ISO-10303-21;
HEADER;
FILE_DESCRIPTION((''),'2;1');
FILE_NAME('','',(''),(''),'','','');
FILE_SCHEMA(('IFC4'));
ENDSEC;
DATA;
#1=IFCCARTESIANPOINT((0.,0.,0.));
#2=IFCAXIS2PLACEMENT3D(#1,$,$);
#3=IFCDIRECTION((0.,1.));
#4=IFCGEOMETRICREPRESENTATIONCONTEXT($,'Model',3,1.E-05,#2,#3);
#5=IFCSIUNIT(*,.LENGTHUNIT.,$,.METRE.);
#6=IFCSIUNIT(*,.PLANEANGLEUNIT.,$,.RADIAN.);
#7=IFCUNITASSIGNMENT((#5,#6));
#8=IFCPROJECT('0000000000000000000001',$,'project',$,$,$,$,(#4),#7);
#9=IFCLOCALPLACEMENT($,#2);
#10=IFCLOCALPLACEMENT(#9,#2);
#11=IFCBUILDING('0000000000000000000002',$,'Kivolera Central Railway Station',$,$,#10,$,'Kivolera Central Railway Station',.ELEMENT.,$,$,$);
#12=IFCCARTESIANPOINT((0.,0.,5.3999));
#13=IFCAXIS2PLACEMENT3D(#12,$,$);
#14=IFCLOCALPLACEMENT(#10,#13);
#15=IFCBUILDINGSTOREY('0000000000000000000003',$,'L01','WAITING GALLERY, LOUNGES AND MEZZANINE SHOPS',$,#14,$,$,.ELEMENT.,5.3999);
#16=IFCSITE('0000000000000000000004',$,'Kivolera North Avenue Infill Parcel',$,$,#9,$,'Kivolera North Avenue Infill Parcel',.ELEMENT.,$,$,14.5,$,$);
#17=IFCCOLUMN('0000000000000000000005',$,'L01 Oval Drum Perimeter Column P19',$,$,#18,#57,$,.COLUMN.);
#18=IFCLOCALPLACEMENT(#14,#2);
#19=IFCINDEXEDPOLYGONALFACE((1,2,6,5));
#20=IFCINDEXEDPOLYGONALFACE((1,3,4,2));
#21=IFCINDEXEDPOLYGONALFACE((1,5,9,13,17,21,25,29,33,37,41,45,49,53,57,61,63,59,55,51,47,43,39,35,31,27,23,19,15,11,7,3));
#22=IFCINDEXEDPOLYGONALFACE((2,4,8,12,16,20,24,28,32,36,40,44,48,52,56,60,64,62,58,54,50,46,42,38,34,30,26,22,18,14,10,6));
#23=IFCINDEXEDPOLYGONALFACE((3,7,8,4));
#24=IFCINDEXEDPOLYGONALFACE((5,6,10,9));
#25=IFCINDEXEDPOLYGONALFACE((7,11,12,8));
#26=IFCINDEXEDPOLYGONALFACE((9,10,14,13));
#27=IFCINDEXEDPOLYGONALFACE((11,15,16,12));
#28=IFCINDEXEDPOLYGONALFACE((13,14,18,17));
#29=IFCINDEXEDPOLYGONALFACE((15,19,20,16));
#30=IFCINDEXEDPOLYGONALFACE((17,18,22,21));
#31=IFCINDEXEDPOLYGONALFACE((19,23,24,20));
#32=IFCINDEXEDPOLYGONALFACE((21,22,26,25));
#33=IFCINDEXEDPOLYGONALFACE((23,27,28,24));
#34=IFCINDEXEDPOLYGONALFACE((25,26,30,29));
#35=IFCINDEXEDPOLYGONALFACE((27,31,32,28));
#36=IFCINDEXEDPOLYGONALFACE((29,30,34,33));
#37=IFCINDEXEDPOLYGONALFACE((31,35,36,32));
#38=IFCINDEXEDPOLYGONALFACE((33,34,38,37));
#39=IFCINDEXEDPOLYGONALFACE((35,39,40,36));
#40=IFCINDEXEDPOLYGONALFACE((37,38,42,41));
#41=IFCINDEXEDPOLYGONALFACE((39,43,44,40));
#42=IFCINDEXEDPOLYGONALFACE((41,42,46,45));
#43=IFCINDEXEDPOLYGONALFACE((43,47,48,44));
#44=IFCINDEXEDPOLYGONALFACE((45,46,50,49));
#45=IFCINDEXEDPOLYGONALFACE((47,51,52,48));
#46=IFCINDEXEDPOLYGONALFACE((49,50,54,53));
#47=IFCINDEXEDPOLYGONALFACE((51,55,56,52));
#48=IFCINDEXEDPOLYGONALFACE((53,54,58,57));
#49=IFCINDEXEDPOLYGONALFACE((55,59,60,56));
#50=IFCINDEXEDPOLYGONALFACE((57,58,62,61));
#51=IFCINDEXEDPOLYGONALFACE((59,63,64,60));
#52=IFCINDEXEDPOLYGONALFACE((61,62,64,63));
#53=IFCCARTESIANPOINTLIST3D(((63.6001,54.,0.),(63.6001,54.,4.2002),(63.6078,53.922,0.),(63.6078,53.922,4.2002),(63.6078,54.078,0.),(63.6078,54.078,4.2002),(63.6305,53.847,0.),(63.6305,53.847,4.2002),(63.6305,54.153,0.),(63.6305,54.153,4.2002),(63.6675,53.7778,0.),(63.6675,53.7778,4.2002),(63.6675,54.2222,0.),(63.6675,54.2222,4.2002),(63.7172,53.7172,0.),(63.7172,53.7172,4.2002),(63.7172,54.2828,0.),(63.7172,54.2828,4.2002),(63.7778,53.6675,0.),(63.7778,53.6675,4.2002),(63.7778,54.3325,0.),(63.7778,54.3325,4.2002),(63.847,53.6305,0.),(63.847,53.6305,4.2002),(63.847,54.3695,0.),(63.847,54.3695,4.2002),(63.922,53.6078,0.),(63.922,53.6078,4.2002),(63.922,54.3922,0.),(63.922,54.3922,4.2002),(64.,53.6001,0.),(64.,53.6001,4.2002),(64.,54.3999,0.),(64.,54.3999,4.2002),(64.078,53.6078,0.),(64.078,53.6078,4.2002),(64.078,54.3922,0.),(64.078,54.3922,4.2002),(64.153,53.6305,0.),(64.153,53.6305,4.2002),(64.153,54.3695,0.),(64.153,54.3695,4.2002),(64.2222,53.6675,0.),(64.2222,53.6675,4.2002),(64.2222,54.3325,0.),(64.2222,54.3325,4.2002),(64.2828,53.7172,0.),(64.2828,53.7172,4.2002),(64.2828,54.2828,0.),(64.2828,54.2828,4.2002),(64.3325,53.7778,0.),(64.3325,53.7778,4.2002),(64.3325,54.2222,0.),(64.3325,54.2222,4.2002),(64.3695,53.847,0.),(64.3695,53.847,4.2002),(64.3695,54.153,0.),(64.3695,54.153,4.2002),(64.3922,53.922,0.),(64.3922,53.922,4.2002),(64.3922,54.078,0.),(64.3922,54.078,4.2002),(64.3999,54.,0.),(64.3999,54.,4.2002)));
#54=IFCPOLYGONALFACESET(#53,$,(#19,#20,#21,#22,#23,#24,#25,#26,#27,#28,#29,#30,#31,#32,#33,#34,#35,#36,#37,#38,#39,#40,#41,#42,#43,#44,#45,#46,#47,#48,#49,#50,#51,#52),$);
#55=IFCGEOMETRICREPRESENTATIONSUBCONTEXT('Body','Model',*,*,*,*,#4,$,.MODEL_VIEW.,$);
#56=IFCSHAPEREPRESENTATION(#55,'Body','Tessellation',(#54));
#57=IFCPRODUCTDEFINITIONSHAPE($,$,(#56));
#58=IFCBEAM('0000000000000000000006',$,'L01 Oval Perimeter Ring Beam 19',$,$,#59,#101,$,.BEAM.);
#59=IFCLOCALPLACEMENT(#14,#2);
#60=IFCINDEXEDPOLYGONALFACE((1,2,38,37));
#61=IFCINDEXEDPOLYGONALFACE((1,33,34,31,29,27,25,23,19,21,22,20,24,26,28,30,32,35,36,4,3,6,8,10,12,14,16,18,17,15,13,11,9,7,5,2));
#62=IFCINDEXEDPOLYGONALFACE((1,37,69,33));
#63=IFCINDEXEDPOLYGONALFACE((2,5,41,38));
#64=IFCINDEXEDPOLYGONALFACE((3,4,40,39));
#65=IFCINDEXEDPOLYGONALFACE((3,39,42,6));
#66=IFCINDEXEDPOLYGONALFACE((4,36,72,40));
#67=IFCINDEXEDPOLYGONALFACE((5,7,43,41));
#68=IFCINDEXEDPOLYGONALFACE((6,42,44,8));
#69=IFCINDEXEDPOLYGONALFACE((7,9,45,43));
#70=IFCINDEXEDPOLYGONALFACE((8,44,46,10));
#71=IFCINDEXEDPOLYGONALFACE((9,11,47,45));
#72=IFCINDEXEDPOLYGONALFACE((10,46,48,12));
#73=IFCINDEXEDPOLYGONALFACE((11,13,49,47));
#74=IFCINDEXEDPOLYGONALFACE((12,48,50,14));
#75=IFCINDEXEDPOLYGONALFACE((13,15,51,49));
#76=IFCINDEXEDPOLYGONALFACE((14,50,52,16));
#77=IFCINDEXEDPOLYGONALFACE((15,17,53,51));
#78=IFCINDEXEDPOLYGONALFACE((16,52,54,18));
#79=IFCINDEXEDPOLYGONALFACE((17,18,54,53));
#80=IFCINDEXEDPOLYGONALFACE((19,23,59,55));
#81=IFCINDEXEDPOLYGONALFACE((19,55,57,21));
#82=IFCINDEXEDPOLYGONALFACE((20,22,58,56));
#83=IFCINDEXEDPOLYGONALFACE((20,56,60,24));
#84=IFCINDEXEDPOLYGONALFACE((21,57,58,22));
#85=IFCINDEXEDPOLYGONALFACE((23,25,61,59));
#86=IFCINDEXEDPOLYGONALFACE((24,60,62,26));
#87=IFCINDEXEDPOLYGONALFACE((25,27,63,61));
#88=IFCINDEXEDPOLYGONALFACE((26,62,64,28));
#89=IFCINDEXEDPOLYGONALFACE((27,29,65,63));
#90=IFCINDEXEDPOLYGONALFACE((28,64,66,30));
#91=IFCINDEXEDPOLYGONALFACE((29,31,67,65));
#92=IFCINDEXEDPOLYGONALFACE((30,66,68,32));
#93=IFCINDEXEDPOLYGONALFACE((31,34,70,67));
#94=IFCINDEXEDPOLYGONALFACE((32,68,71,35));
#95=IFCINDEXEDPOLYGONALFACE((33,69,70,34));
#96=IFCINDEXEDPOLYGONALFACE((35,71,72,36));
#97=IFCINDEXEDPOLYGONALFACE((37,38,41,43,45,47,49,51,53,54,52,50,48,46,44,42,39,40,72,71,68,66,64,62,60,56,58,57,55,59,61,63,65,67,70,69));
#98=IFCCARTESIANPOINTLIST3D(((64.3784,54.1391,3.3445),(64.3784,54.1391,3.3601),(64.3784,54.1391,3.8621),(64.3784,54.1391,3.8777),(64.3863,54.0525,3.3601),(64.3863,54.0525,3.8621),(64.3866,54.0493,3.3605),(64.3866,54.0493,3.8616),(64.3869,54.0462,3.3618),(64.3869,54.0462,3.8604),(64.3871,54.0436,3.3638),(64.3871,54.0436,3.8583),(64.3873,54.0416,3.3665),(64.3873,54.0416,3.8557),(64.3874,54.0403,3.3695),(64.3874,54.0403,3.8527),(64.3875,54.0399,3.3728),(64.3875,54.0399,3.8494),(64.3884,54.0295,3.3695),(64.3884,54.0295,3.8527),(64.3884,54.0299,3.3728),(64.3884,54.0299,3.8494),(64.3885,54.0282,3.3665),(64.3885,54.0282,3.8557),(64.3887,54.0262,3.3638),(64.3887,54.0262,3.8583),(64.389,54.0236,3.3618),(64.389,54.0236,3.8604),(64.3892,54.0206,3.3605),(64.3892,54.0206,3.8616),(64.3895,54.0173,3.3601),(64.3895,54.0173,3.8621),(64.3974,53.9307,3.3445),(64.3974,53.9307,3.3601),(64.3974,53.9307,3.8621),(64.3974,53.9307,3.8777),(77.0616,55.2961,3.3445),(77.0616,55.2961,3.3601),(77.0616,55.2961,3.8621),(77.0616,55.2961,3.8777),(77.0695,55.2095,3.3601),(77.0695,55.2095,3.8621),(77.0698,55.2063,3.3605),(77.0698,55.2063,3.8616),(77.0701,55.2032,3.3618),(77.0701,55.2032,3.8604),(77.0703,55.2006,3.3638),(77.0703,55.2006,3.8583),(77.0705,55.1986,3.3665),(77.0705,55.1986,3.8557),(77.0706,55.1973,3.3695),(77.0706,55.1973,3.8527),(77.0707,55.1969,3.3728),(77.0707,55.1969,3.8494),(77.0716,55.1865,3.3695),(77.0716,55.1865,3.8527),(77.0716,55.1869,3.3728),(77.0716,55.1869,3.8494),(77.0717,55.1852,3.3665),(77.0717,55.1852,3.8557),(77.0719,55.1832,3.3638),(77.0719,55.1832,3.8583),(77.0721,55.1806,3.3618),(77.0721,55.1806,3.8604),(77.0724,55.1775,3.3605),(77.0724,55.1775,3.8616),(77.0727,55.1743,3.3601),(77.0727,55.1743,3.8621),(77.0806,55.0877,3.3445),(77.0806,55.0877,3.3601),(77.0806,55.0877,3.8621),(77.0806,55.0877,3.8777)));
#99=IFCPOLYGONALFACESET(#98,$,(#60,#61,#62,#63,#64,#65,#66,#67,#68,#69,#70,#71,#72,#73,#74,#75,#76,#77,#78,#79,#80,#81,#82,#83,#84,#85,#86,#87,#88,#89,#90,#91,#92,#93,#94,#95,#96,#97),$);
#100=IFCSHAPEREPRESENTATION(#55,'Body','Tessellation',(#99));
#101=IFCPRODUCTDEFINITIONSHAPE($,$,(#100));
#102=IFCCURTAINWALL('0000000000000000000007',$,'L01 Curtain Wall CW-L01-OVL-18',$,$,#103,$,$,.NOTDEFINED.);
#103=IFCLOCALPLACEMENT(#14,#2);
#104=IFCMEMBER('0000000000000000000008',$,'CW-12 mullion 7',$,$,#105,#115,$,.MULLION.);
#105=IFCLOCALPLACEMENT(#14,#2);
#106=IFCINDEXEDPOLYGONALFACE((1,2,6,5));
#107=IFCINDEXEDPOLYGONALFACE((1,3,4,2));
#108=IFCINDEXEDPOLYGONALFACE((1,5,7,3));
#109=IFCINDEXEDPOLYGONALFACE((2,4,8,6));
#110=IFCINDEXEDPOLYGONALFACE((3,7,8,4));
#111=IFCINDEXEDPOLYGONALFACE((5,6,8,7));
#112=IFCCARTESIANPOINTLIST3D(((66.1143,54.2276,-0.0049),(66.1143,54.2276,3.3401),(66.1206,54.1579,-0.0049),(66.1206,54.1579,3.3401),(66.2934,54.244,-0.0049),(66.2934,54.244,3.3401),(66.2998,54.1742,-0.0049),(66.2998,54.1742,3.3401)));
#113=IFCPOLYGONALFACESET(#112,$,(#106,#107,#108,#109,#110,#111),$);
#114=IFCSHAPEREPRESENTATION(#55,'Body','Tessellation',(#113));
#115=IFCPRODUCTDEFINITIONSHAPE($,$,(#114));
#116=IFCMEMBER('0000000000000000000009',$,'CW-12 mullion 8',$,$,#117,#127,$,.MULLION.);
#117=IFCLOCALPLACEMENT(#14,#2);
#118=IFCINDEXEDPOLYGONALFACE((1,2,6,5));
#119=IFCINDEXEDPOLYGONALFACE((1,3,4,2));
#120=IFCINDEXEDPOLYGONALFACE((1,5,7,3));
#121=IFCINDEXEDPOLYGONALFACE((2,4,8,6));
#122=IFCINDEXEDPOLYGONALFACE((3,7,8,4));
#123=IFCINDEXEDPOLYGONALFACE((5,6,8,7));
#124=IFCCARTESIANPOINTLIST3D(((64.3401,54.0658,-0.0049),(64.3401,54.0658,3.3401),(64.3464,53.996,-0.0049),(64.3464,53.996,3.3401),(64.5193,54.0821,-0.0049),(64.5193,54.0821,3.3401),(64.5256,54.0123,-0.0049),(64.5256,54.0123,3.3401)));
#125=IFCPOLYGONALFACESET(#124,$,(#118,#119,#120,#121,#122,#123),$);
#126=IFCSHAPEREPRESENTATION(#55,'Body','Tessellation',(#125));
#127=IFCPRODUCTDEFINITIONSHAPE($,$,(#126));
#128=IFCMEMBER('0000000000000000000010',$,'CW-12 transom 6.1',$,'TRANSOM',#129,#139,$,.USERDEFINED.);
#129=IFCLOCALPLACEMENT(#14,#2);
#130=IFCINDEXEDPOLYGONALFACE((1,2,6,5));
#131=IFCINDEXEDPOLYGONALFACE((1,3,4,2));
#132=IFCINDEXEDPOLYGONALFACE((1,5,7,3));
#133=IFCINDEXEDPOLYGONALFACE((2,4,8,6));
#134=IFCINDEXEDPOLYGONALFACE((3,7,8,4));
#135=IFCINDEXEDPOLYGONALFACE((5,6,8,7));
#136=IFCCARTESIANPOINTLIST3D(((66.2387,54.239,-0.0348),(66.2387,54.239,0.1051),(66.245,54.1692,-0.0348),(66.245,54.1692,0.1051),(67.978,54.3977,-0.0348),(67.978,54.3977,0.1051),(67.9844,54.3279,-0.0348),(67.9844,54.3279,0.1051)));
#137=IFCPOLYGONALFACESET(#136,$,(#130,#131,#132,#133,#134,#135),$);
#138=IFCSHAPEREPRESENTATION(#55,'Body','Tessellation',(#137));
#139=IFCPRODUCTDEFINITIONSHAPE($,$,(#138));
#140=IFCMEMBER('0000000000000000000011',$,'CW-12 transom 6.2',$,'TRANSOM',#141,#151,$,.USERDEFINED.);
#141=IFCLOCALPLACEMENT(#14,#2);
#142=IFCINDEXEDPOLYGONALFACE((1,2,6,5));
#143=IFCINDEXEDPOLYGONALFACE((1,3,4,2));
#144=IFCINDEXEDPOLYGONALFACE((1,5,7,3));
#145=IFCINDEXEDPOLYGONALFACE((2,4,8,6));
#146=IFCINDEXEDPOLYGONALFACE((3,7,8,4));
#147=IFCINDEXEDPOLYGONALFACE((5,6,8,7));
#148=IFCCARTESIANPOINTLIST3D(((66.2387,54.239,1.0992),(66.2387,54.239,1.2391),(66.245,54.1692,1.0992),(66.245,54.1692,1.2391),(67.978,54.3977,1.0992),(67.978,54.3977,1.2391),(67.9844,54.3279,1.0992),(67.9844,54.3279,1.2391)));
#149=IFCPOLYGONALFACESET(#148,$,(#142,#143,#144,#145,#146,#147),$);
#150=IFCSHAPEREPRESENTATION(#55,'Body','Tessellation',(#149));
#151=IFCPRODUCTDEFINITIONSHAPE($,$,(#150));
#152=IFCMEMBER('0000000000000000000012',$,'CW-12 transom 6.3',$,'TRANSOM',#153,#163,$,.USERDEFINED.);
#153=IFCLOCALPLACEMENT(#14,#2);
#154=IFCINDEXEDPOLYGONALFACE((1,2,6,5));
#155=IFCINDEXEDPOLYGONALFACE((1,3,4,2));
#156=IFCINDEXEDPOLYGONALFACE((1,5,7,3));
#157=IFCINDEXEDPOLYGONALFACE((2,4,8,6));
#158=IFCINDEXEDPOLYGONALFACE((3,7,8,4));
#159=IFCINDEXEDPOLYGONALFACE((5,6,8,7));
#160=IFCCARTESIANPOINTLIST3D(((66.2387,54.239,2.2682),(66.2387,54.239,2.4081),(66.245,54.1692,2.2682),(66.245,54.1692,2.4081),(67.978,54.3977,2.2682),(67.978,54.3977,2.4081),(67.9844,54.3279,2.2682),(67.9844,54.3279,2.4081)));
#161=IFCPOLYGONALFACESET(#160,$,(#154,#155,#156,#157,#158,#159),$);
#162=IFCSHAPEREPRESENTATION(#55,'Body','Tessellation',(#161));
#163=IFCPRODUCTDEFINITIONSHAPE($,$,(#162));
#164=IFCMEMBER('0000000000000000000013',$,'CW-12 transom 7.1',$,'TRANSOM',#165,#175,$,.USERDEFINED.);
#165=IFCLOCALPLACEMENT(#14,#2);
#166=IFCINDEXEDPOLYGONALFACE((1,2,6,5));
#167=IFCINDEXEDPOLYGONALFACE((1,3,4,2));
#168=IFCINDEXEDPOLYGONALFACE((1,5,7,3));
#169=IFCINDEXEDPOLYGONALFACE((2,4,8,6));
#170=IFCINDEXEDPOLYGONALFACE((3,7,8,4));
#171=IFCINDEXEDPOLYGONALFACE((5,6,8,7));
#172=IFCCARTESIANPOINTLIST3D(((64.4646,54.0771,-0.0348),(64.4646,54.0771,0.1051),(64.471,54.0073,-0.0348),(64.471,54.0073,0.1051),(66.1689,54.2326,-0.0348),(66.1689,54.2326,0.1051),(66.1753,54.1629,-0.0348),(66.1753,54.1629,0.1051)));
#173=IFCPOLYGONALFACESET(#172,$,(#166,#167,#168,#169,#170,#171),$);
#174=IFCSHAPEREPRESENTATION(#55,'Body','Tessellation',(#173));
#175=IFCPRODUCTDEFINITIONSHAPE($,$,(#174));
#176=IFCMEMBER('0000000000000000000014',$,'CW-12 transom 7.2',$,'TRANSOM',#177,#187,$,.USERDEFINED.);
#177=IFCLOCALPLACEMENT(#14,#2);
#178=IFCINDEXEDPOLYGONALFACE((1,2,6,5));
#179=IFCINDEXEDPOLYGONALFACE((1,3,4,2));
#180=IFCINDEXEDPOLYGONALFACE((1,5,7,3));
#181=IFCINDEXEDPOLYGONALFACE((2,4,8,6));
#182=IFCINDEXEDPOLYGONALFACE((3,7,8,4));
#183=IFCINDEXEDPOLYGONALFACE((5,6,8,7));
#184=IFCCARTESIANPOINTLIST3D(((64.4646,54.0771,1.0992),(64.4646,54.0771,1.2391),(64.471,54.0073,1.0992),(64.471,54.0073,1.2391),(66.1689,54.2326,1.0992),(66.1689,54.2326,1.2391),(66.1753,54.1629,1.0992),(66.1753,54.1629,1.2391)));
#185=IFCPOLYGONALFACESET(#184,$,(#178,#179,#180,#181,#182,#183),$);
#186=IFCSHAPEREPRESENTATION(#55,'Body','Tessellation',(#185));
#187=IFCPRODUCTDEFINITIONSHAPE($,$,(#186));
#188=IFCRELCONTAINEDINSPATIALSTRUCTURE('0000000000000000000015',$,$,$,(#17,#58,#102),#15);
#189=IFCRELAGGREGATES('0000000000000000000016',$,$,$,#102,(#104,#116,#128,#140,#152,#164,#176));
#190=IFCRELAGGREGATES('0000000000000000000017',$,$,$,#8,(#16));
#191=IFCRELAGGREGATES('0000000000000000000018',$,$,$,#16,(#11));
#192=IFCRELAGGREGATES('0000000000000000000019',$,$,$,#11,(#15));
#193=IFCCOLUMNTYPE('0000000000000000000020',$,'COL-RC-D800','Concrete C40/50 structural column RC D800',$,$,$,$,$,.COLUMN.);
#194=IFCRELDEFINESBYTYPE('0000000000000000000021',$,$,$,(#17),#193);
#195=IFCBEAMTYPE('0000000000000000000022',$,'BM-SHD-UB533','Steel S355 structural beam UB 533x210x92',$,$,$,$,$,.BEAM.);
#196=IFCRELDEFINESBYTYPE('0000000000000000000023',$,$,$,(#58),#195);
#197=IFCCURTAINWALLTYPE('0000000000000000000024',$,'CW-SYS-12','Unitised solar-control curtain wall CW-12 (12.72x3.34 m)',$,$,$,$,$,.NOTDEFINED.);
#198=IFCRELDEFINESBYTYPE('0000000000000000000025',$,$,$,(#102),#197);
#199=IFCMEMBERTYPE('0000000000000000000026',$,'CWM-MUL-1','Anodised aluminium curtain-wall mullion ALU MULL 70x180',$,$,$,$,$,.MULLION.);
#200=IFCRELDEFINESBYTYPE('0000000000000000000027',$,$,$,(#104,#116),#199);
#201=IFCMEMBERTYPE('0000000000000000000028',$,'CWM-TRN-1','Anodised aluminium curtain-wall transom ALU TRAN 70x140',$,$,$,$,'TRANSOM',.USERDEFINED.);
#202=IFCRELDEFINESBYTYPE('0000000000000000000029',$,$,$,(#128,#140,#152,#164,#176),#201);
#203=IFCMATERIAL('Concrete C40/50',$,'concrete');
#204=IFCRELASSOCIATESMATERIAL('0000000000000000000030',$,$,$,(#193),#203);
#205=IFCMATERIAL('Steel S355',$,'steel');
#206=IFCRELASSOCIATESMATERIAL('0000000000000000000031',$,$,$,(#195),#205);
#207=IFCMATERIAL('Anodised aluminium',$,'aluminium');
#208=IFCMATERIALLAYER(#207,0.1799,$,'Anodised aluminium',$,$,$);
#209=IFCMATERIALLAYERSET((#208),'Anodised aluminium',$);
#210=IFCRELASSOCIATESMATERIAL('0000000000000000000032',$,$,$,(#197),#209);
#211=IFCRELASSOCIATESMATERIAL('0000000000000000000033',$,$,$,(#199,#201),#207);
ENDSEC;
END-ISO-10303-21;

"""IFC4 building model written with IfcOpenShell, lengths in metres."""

from ifc_helpers import new_model, si_unit, direction, frame, origin, origin_2d, place, context, subcontext, project, spatial, rectangle, circle, i_section, extrude, material, layer, layer_set, material_profile, profile_set, type_object, element, aggregate, save


model = new_model("IFC4")

# Units and contexts
model_context = context("Model", 3, precision=1e-05, world=origin(), true_north=direction((0.0, 1.0)))
body_context = subcontext(model_context, "Body", "Model", "MODEL_VIEW")
ifc_project = project(units=[si_unit("LENGTHUNIT", "METRE"), si_unit("PLANEANGLEUNIT", "RADIAN")], contexts=[model_context])

# Site, building, storey
site_placement = place(None, origin())
site = spatial("IfcSite", under=ifc_project, at=site_placement, Name="Kivolera North Avenue Infill Parcel", LongName="Kivolera North Avenue Infill Parcel", CompositionType="ELEMENT", RefElevation=14.5)
building_placement = place(site_placement, origin())
building = spatial("IfcBuilding", under=site, at=building_placement, Name="Kivolera Central Railway Station", LongName="Kivolera Central Railway Station", CompositionType="ELEMENT")
storey_placement = place(building_placement, frame((0.0, 0.0, 5.3999)))
storey = spatial("IfcBuildingStorey", under=building, at=storey_placement, Name="L01", Description="WAITING GALLERY, LOUNGES AND MEZZANINE SHOPS", CompositionType="ELEMENT", Elevation=5.3999)

# Column
ifc_material_1 = material(Name="Concrete C40/50", Category="concrete")
ifc_material_profile_1 = material_profile(ifc_material_1, circle(Radius=0.3999, at=origin_2d()), Name="RC D800")
ifc_profile_set_1 = profile_set([ifc_material_profile_1], Name="Concrete C40/50")
column_type = type_object("IfcColumnType", Name="COL-RC-D800", Description="Concrete C40/50 structural column RC D800", PredefinedType="COLUMN", material=ifc_profile_set_1)
column_placement = place(storey_placement, frame((64.0, 54.0, 0.0), z_axis=(0.0, 0.0, 1.0), x_axis=(1.0, 0.0, 0.0)))
element("IfcColumn", 1, at=column_placement, inside=storey, type_object=column_type, Name="L01 Oval Drum Perimeter Column P19", PredefinedType="COLUMN", context=body_context, shape_type="SweptSolid", body=[
    extrude(circle(Radius=0.3999, at=origin_2d()), origin(), (0.0, 0.0, 1.0), 4.2002),
])

# Beam
ifc_material_2 = material(Name="Steel S355", Category="steel")
ifc_material_profile_2 = material_profile(ifc_material_2, i_section(OverallWidth=0.2092, OverallDepth=0.5332, WebThickness=0.01, FlangeThickness=0.0156, FilletRadius=0.0127, at=origin_2d()), Name="UB 533x210x92")
ifc_profile_set_2 = profile_set([ifc_material_profile_2], Name="Steel S355")
beam_type = type_object("IfcBeamType", Name="BM-SHD-UB533", Description="Steel S355 structural beam UB 533x210x92", PredefinedType="BEAM", material=ifc_profile_set_2)
beam_placement = place(storey_placement, frame((64.3879, 54.0349, 3.6111), z_axis=(0.995865, 0.090845, 0.0), x_axis=(-0.090845, 0.995865, 0.0)))
element("IfcBeam", 2, at=beam_placement, inside=storey, type_object=beam_type, Name="L01 Oval Perimeter Ring Beam 19", PredefinedType="BEAM", context=body_context, shape_type="SweptSolid", body=[
    extrude(i_section(OverallWidth=0.2092, OverallDepth=0.5332, WebThickness=0.01, FlangeThickness=0.0156, FilletRadius=0.0127, at=origin_2d()), origin(), (0.0, 0.0, 1.0), 12.7358),
])

# Curtain wall, members
ifc_material_3 = material(Name="Anodised aluminium", Category="aluminium")
ifc_layer_1 = layer(ifc_material_3, 0.1799, Name="Anodised aluminium")
ifc_layer_set_1 = layer_set([ifc_layer_1], Name="Anodised aluminium")
curtain_wall_type = type_object("IfcCurtainWallType", Name="CW-SYS-12", Description="Unitised solar-control curtain wall CW-12 (12.72x3.34 m)", PredefinedType="NOTDEFINED", material=ifc_layer_set_1)
curtain_wall_placement = place(storey_placement, origin())
curtain_wall = element("IfcCurtainWall", 3, at=curtain_wall_placement, inside=storey, type_object=curtain_wall_type, Name="L01 Curtain Wall CW-L01-OVL-18", PredefinedType="NOTDEFINED")
ifc_material_profile_3 = material_profile(ifc_material_3, rectangle(XDim=0.0701, YDim=0.1799, at=origin_2d()), Name="ALU MULL 70x180")
ifc_profile_set_3 = profile_set([ifc_material_profile_3], Name="Anodised aluminium")
member_type_1 = type_object("IfcMemberType", Name="CWM-MUL-1", Description="Anodised aluminium curtain-wall mullion ALU MULL 70x180", PredefinedType="MULLION", material=ifc_profile_set_3)
member_1_placement = place(storey_placement, frame((66.207, 54.2009, -0.0049), z_axis=(0.0, 0.0, 1.0), x_axis=(0.090834, -0.995866, 0.0)))
member_1 = element("IfcMember", 4, at=member_1_placement, type_object=member_type_1, Name="CW-12 mullion 7", PredefinedType="MULLION", context=body_context, shape_type="SweptSolid", body=[
    extrude(rectangle(XDim=0.0701, YDim=0.1799, at=origin_2d()), origin(), (0.0, 0.0, 1.0), 3.345),
])
member_2_placement = place(storey_placement, frame((64.4329, 54.0391, -0.0049), z_axis=(0.0, 0.0, 1.0), x_axis=(0.090834, -0.995866, 0.0)))
member_2 = element("IfcMember", 5, at=member_2_placement, type_object=member_type_1, Name="CW-12 mullion 8", PredefinedType="MULLION", context=body_context, shape_type="SweptSolid", body=[
    extrude(rectangle(XDim=0.0701, YDim=0.1799, at=origin_2d()), origin(), (0.0, 0.0, 1.0), 3.345),
])
ifc_material_profile_4 = material_profile(ifc_material_3, rectangle(XDim=0.0701, YDim=0.1399, at=origin_2d()), Name="ALU TRAN 70x140")
ifc_profile_set_4 = profile_set([ifc_material_profile_4], Name="Anodised aluminium")
member_type_2 = type_object("IfcMemberType", Name="CWM-TRN-1", Description="Anodised aluminium curtain-wall transom ALU TRAN 70x140", ElementType="TRANSOM", PredefinedType="USERDEFINED", material=ifc_profile_set_4)
member_3_placement = place(storey_placement, frame((67.9812, 54.3628, 0.0352), z_axis=(-0.995863, -0.090863, 0.0), x_axis=(0.090863, -0.995863, 0.0)))
member_3 = element("IfcMember", 6, at=member_3_placement, type_object=member_type_2, Name="CW-12 transom 6.1", ObjectType="TRANSOM", PredefinedType="USERDEFINED", context=body_context, shape_type="SweptSolid", body=[
    extrude(rectangle(XDim=0.0701, YDim=0.1399, at=origin_2d()), origin(), (0.0, 0.0, 1.0), 1.7466),
])
member_4_placement = place(storey_placement, frame((67.9812, 54.3628, 1.1692), z_axis=(-0.995863, -0.090863, 0.0), x_axis=(0.090863, -0.995863, 0.0)))
member_4 = element("IfcMember", 7, at=member_4_placement, type_object=member_type_2, Name="CW-12 transom 6.2", ObjectType="TRANSOM", PredefinedType="USERDEFINED", context=body_context, shape_type="SweptSolid", body=[
    extrude(rectangle(XDim=0.0701, YDim=0.1399, at=origin_2d()), origin(), (0.0, 0.0, 1.0), 1.7466),
])
member_5_placement = place(storey_placement, frame((67.9812, 54.3628, 2.3381), z_axis=(-0.995863, -0.090863, 0.0), x_axis=(0.090863, -0.995863, 0.0)))
member_5 = element("IfcMember", 8, at=member_5_placement, type_object=member_type_2, Name="CW-12 transom 6.3", ObjectType="TRANSOM", PredefinedType="USERDEFINED", context=body_context, shape_type="SweptSolid", body=[
    extrude(rectangle(XDim=0.0701, YDim=0.1399, at=origin_2d()), origin(), (0.0, 0.0, 1.0), 1.7466),
])
member_6_placement = place(storey_placement, frame((66.1721, 54.1978, 0.0352), z_axis=(-0.995863, -0.09087, 0.0), x_axis=(0.09087, -0.995863, 0.0)))
member_6 = element("IfcMember", 9, at=member_6_placement, type_object=member_type_2, Name="CW-12 transom 7.1", ObjectType="TRANSOM", PredefinedType="USERDEFINED", context=body_context, shape_type="SweptSolid", body=[
    extrude(rectangle(XDim=0.0701, YDim=0.1399, at=origin_2d()), origin(), (0.0, 0.0, 1.0), 1.7114),
])
member_7_placement = place(storey_placement, frame((66.1721, 54.1978, 1.1692), z_axis=(-0.995863, -0.09087, 0.0), x_axis=(0.09087, -0.995863, 0.0)))
member_7 = element("IfcMember", 10, at=member_7_placement, type_object=member_type_2, Name="CW-12 transom 7.2", ObjectType="TRANSOM", PredefinedType="USERDEFINED", context=body_context, shape_type="SweptSolid", body=[
    extrude(rectangle(XDim=0.0701, YDim=0.1399, at=origin_2d()), origin(), (0.0, 0.0, 1.0), 1.7114),
])
aggregate(curtain_wall, [member_1, member_2, member_3, member_4, member_5, member_6, member_7])

save(model, "model.ifc")
